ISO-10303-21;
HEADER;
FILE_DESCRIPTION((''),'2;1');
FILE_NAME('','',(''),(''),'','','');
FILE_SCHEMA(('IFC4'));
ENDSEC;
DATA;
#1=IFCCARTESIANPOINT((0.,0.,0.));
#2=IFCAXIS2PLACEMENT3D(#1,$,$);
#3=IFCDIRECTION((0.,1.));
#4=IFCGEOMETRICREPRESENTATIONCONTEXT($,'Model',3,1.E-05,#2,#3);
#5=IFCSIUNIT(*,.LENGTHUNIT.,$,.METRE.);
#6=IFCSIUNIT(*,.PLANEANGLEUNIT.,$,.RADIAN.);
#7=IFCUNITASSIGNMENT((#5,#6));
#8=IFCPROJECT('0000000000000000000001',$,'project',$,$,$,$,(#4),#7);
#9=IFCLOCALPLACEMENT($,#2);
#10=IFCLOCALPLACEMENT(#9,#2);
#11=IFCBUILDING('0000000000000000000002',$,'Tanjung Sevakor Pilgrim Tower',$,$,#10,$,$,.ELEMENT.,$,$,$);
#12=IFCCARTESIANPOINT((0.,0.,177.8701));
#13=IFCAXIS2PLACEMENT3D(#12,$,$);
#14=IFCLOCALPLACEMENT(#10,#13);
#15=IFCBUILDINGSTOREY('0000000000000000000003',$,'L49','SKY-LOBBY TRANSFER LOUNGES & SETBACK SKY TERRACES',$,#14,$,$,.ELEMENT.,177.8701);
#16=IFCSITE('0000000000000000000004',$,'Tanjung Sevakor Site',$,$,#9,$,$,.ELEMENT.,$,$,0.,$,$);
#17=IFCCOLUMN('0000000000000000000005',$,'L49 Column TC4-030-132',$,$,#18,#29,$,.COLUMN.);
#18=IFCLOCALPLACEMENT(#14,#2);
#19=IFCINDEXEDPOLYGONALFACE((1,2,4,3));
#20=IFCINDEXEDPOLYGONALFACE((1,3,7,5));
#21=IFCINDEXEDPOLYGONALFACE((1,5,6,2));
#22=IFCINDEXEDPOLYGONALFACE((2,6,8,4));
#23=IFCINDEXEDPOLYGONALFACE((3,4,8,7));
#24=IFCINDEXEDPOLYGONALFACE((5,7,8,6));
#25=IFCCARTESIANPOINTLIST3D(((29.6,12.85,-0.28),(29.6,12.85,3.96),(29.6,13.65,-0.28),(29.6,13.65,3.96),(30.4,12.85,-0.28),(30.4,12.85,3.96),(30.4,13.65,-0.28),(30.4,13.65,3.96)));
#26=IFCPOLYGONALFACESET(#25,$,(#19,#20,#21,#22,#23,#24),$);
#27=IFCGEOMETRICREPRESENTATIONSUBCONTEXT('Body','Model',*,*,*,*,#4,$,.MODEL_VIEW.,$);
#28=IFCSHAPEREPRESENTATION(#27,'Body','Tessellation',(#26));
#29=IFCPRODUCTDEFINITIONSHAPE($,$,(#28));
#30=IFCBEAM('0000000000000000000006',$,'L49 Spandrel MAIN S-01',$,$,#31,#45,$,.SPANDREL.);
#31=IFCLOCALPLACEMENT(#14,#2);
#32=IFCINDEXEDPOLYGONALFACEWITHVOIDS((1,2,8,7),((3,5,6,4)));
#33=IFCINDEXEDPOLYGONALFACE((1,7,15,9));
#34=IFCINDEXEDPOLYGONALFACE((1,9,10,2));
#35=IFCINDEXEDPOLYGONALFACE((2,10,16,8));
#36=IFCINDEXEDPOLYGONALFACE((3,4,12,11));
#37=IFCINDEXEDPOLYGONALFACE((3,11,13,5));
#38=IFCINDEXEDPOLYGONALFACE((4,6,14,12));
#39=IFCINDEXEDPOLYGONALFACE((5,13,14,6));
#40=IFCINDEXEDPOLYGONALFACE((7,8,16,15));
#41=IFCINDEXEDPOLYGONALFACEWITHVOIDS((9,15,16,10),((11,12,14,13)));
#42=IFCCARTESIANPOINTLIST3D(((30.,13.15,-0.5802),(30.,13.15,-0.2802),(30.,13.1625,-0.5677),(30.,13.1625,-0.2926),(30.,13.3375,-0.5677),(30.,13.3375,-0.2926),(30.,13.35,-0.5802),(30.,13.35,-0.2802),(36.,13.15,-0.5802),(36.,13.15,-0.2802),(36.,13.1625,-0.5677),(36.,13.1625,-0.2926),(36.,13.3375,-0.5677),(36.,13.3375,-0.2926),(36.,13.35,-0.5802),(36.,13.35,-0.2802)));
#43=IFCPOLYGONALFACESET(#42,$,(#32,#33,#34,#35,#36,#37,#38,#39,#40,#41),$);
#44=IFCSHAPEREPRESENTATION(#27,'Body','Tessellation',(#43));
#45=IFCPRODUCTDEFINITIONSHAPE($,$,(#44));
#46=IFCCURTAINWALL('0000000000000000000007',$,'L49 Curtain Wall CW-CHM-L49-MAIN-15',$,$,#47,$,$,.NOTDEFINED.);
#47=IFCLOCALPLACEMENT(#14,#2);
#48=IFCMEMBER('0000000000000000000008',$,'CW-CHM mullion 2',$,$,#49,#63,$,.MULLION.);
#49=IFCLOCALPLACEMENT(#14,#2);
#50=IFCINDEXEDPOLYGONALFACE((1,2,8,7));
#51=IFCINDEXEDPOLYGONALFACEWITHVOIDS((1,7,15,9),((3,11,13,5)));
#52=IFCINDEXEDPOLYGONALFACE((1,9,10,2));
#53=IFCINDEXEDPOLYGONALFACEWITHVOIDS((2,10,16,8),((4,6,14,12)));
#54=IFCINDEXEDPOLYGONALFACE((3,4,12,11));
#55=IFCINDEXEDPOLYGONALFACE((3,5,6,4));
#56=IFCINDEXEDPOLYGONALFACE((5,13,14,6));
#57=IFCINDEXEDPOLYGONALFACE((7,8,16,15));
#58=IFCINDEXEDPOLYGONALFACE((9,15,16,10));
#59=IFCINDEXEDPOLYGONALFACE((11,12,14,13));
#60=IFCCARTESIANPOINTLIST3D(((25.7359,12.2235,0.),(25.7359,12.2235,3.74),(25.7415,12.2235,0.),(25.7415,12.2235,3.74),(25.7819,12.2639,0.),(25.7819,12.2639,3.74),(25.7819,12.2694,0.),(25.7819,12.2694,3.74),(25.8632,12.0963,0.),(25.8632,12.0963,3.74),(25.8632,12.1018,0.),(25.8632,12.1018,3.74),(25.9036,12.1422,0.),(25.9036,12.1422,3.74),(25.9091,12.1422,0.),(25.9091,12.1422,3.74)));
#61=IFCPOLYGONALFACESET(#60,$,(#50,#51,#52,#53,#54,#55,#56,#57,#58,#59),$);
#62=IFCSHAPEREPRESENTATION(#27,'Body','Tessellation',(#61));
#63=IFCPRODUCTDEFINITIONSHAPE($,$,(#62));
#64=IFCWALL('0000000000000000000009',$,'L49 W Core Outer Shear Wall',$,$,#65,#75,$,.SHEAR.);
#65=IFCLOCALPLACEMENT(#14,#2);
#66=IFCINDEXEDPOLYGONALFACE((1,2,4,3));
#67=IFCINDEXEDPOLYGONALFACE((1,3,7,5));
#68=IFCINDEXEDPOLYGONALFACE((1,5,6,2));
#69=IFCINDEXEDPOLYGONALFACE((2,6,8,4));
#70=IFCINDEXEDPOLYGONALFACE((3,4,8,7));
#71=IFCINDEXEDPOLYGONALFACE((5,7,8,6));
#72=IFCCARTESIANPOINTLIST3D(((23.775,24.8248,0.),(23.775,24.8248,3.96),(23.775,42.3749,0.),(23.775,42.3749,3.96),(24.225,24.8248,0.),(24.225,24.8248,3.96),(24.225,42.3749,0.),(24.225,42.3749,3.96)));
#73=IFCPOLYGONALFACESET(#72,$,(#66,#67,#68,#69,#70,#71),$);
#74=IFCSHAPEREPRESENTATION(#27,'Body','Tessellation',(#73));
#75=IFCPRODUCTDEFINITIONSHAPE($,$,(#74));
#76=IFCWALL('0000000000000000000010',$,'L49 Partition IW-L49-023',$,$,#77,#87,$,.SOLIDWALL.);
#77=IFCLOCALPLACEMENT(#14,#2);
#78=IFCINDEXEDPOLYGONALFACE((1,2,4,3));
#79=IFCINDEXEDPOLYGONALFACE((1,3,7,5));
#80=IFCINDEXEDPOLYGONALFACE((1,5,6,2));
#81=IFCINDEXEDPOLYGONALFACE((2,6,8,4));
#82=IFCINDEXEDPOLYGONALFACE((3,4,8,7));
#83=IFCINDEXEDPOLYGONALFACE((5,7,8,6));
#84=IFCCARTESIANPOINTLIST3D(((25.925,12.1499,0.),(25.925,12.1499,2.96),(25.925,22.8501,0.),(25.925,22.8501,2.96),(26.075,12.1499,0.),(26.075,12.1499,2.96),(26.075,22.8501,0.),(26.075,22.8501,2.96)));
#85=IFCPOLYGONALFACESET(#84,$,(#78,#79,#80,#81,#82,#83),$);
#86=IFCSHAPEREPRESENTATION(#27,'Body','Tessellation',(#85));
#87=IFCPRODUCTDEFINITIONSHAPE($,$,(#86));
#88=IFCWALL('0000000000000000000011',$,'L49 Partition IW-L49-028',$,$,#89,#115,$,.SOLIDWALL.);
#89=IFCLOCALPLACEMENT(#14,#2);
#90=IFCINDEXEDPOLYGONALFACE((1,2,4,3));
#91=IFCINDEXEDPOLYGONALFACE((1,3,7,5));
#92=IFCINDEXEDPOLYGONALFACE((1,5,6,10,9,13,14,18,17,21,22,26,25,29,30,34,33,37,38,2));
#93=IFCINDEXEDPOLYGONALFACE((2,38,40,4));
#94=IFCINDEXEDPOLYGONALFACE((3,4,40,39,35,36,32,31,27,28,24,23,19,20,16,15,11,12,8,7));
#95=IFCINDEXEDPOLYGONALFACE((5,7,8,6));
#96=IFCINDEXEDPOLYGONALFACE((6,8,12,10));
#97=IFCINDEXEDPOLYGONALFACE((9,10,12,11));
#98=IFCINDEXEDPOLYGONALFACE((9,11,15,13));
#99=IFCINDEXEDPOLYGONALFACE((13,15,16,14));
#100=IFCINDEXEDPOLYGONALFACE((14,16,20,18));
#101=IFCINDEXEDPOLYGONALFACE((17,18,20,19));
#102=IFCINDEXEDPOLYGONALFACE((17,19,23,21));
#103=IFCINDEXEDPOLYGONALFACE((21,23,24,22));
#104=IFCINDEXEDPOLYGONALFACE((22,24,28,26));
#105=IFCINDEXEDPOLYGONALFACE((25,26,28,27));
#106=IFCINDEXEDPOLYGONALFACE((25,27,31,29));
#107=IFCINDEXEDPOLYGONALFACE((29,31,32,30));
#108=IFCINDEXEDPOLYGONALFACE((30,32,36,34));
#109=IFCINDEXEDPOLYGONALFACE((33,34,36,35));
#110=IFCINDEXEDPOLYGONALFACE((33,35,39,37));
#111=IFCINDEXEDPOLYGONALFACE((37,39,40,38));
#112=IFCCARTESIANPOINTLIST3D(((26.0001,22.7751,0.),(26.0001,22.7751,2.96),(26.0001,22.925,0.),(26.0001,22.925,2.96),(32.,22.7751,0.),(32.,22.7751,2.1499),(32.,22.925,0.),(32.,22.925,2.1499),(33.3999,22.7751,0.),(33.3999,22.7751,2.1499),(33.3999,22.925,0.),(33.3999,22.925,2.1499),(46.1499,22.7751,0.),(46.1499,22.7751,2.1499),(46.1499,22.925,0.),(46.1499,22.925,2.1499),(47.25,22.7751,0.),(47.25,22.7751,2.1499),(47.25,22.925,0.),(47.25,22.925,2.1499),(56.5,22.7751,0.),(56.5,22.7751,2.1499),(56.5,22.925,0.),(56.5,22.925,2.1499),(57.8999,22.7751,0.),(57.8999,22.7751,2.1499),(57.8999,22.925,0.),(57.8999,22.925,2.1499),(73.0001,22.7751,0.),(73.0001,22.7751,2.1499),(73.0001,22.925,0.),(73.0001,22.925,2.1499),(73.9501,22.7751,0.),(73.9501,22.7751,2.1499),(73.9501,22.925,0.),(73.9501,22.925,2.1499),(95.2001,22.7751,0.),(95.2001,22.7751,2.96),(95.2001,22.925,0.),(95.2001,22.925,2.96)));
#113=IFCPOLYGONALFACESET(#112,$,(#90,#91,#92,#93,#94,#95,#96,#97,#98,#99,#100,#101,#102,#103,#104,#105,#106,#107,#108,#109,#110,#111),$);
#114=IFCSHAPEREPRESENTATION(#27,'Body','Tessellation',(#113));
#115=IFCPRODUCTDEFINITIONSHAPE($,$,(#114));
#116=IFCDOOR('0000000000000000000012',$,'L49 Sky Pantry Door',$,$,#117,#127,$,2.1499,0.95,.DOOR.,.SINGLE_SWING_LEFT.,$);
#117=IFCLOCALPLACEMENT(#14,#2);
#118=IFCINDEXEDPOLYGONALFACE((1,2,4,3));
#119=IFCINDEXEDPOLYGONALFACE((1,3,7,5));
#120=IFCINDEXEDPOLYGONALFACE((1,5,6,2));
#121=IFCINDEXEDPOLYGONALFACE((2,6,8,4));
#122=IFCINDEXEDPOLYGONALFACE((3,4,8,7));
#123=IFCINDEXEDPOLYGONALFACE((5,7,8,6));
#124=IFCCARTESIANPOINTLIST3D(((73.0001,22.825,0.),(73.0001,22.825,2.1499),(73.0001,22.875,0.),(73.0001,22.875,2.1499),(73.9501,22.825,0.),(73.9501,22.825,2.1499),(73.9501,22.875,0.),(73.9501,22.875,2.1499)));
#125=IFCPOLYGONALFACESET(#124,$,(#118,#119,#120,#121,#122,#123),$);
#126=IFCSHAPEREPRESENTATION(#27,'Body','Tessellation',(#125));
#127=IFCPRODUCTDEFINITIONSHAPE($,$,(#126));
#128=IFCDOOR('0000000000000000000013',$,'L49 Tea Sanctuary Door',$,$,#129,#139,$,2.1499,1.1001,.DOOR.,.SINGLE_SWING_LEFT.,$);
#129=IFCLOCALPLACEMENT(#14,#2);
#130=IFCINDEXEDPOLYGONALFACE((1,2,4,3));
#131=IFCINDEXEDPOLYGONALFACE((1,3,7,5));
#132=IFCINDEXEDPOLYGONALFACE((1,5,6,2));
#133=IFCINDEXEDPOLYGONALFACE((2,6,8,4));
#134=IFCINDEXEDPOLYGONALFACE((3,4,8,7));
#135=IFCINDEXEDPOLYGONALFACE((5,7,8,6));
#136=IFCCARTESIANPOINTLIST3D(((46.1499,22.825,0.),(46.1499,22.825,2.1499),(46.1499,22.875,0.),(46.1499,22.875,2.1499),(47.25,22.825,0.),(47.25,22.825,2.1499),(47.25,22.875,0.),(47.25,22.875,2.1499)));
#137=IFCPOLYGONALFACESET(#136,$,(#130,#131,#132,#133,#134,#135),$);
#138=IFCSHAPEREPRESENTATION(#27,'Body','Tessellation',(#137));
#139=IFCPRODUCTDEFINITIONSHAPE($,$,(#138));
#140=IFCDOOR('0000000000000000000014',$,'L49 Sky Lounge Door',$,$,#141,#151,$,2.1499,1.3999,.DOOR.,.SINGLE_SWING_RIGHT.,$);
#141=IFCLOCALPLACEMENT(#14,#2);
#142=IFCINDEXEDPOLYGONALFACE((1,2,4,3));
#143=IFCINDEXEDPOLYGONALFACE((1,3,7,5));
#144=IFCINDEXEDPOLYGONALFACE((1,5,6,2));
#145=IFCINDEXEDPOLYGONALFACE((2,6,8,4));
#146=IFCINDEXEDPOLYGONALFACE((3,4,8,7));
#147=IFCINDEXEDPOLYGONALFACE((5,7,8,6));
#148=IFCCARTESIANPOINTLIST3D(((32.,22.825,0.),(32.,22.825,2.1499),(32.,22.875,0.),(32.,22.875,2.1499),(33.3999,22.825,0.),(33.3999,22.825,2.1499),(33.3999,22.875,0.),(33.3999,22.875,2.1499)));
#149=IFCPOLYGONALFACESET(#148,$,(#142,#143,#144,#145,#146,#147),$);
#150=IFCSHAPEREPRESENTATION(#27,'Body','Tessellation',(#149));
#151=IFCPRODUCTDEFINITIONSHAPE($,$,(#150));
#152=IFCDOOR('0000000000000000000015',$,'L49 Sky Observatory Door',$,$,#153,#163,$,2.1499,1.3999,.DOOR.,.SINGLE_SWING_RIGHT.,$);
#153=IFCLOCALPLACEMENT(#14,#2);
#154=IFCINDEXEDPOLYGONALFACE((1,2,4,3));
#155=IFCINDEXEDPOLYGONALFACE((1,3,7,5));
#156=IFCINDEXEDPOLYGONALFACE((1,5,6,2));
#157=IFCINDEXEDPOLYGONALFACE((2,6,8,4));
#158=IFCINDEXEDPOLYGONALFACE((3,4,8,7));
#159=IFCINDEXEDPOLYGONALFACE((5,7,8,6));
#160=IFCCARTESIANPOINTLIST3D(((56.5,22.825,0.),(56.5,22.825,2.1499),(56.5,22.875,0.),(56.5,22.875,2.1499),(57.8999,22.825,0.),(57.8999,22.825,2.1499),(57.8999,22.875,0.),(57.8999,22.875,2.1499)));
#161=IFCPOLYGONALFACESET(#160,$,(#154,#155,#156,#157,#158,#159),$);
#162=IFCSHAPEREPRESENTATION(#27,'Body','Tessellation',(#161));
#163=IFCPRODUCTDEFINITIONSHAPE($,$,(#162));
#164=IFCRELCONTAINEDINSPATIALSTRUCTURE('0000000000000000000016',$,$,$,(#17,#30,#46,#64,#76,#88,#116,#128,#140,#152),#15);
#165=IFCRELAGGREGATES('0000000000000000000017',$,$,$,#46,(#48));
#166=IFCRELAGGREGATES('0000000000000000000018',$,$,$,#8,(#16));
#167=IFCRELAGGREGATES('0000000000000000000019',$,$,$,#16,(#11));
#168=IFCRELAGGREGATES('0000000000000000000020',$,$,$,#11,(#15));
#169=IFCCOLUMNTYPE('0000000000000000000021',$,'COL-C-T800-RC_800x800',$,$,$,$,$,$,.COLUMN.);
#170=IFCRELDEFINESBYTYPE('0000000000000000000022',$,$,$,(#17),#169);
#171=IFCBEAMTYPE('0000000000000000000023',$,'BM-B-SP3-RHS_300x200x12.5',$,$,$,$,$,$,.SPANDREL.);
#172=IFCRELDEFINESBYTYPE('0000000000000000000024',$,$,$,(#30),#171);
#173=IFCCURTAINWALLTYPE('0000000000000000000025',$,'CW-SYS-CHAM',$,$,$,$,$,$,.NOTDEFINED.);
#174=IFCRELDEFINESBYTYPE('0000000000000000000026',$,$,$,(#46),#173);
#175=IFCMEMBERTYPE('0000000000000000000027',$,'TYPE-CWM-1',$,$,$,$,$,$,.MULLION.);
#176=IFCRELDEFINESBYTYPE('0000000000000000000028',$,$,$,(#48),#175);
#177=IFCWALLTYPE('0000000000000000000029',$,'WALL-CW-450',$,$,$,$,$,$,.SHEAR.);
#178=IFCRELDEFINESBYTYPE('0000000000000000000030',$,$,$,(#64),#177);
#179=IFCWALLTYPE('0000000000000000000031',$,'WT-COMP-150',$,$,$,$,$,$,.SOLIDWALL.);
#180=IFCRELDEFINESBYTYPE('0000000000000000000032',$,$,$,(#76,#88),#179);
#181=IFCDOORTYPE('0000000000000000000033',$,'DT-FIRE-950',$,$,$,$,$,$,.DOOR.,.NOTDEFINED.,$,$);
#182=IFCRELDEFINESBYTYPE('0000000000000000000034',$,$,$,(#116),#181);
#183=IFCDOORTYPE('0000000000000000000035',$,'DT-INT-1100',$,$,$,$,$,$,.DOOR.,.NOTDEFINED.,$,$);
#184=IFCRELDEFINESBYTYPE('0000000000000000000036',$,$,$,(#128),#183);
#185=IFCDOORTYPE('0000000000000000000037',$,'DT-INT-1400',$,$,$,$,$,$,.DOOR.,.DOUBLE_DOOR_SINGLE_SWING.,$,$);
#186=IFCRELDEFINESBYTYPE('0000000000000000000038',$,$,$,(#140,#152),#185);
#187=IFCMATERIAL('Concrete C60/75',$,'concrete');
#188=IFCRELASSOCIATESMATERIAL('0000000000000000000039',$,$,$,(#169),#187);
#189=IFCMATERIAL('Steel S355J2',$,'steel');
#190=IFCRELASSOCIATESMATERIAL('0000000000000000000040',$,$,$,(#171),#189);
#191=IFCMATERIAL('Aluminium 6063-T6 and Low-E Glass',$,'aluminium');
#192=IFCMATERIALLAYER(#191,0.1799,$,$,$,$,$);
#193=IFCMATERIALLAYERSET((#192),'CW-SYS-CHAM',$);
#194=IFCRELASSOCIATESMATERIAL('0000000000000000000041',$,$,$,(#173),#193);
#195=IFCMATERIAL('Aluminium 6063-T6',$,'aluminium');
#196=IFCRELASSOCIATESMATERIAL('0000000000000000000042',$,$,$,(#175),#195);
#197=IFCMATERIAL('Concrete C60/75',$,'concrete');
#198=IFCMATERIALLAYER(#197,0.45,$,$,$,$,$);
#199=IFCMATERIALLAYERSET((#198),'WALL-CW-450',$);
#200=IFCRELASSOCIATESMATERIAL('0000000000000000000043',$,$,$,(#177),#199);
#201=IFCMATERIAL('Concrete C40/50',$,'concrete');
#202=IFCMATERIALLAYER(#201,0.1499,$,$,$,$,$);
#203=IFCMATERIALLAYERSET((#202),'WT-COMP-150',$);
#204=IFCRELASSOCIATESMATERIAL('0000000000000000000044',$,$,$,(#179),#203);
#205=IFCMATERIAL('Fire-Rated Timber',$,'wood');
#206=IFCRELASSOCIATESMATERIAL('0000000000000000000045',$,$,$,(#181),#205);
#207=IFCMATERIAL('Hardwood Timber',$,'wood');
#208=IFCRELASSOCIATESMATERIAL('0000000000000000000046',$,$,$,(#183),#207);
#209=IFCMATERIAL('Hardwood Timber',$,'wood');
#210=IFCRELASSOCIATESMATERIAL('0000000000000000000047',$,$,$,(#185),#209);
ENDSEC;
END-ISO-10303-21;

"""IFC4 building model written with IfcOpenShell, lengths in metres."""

from ifc_helpers import new_model, si_unit, direction, frame, frame_2d, origin, origin_2d, place, context, subcontext, project, spatial, rectangle, hollow_rectangle, extrude, material, layer, layer_set, material_profile, profile_set, type_object, element, fill, aggregate, save


model = new_model("IFC4")

# Units and contexts
model_context = context("Model", 3, precision=1e-05, world=origin(), true_north=direction((0.0, 1.0)))
body_context = subcontext(model_context, "Body", "Model", "MODEL_VIEW")
ifc_project = project(units=[si_unit("LENGTHUNIT", "METRE"), si_unit("PLANEANGLEUNIT", "RADIAN")], contexts=[model_context])

# Site, building, storey
site_placement = place(None, origin())
site = spatial("IfcSite", under=ifc_project, at=site_placement, Name="Tanjung Sevakor Site", CompositionType="ELEMENT", RefElevation=0.0)
building_placement = place(site_placement, origin())
building = spatial("IfcBuilding", under=site, at=building_placement, Name="Tanjung Sevakor Pilgrim Tower", CompositionType="ELEMENT")
storey_placement = place(building_placement, frame((0.0, 0.0, 177.8701)))
storey = spatial("IfcBuildingStorey", under=building, at=storey_placement, Name="L49", Description="SKY-LOBBY TRANSFER LOUNGES & SETBACK SKY TERRACES", CompositionType="ELEMENT", Elevation=177.8701)

# Column
ifc_material_1 = material(Name="Concrete C60/75", Category="concrete")
ifc_material_profile_1 = material_profile(ifc_material_1, rectangle(XDim=0.8, YDim=0.8, at=origin_2d()))
ifc_profile_set_1 = profile_set([ifc_material_profile_1], Name="Concrete C60/75")
column_type = type_object("IfcColumnType", Name="COL-C-T800-RC_800x800", PredefinedType="COLUMN", material=ifc_profile_set_1)
column_placement = place(storey_placement, frame((30.0, 13.25, -0.28), z_axis=(0.0, 0.0, 1.0), x_axis=(1.0, 0.0, 0.0)))
element("IfcColumn", 1, at=column_placement, inside=storey, type_object=column_type, Name="L49 Column TC4-030-132", PredefinedType="COLUMN", context=body_context, shape_type="SweptSolid", body=[
    extrude(rectangle(XDim=0.8, YDim=0.8, at=origin_2d()), origin(), (0.0, 0.0, 1.0), 4.24),
])

# Beam
ifc_material_2 = material(Name="Steel S355J2", Category="steel")
ifc_material_profile_2 = material_profile(ifc_material_2, hollow_rectangle(XDim=0.2, YDim=0.3, WallThickness=0.0125, at=origin_2d()))
ifc_profile_set_2 = profile_set([ifc_material_profile_2], Name="Steel S355J2")
beam_type = type_object("IfcBeamType", Name="BM-B-SP3-RHS_300x200x12.5", PredefinedType="SPANDREL", material=ifc_profile_set_2)
beam_placement = place(storey_placement, frame((30.0, 13.25, -0.4302), z_axis=(1.0, 0.0, 0.0), x_axis=(0.0, 1.0, 0.0)))
element("IfcBeam", 2, at=beam_placement, inside=storey, type_object=beam_type, Name="L49 Spandrel MAIN S-01", PredefinedType="SPANDREL", context=body_context, shape_type="SweptSolid", body=[
    extrude(hollow_rectangle(XDim=0.2, YDim=0.3, WallThickness=0.0125, at=origin_2d()), origin(), (0.0, 0.0, 1.0), 6.0),
])

# Curtain wall, member
ifc_material_3 = material(Name="Aluminium 6063-T6 and Low-E Glass", Category="aluminium")
ifc_layer_1 = layer(ifc_material_3, 0.1799)
ifc_layer_set_1 = layer_set([ifc_layer_1], Name="CW-SYS-CHAM")
curtain_wall_type = type_object("IfcCurtainWallType", Name="CW-SYS-CHAM", PredefinedType="NOTDEFINED", material=ifc_layer_set_1)
curtain_wall_placement = place(storey_placement, origin())
curtain_wall = element("IfcCurtainWall", 3, at=curtain_wall_placement, inside=storey, type_object=curtain_wall_type, Name="L49 Curtain Wall CW-CHM-L49-MAIN-15", PredefinedType="NOTDEFINED")
ifc_material_4 = material(Name="Aluminium 6063-T6", Category="aluminium")
ifc_material_profile_3 = material_profile(ifc_material_4, hollow_rectangle(XDim=0.0649, YDim=0.1799, WallThickness=0.0039, at=origin_2d()))
ifc_profile_set_3 = profile_set([ifc_material_profile_3], Name="Aluminium 6063-T6")
member_type = type_object("IfcMemberType", Name="TYPE-CWM-1", PredefinedType="MULLION", material=ifc_profile_set_3)
member_placement = place(storey_placement, frame((25.8225, 12.1829, 0.0), z_axis=(0.0, 0.0, 1.0), x_axis=(0.707107, 0.707107, 0.0)))
member = element("IfcMember", 4, at=member_placement, type_object=member_type, Name="CW-CHM mullion 2", PredefinedType="MULLION", context=body_context, shape_type="SweptSolid", body=[
    extrude(hollow_rectangle(XDim=0.0649, YDim=0.1799, WallThickness=0.0039, at=origin_2d()), origin(), (0.0, 0.0, 1.0), 3.74),
])
aggregate(curtain_wall, [member])

# Walls
ifc_material_5 = material(Name="Concrete C60/75", Category="concrete")
ifc_layer_2 = layer(ifc_material_5, 0.45)
ifc_layer_set_2 = layer_set([ifc_layer_2], Name="WALL-CW-450")
wall_type_1 = type_object("IfcWallType", Name="WALL-CW-450", PredefinedType="SHEAR", material=ifc_layer_set_2)
wall_1_placement = place(storey_placement, frame((24.0, 24.825, 0.0), z_axis=(0.0, 0.0, 1.0), x_axis=(0.0, 1.0, 0.0)))
element("IfcWall", 5, at=wall_1_placement, inside=storey, type_object=wall_type_1, Name="L49 W Core Outer Shear Wall", PredefinedType="SHEAR", context=body_context, shape_type="SweptSolid", body=[
    extrude(rectangle(XDim=17.55, YDim=0.45, at=frame_2d((8.7749, 0.0))), origin(), (0.0, 0.0, 1.0), 3.96),
])
ifc_material_6 = material(Name="Concrete C40/50", Category="concrete")
ifc_layer_3 = layer(ifc_material_6, 0.1499)
ifc_layer_set_3 = layer_set([ifc_layer_3], Name="WT-COMP-150")
wall_type_2 = type_object("IfcWallType", Name="WT-COMP-150", PredefinedType="SOLIDWALL", material=ifc_layer_set_3)
wall_2_placement = place(storey_placement, frame((26.0, 12.1499, 0.0), z_axis=(0.0, 0.0, 1.0), x_axis=(0.0, 1.0, 0.0)))
element("IfcWall", 6, at=wall_2_placement, inside=storey, type_object=wall_type_2, Name="L49 Partition IW-L49-023", PredefinedType="SOLIDWALL", context=body_context, shape_type="SweptSolid", body=[
    extrude(rectangle(XDim=10.7002, YDim=0.1499, at=frame_2d((5.3501, 0.0))), origin(), (0.0, 0.0, 1.0), 2.96),
])

# Wall, openings, doors
wall_3_placement = place(storey_placement, frame((26.0, 22.8501, 0.0), z_axis=(0.0, 0.0, 1.0), x_axis=(1.0, 0.0, 0.0)))
wall_3 = element("IfcWall", 7, at=wall_3_placement, inside=storey, type_object=wall_type_2, Name="L49 Partition IW-L49-028", PredefinedType="SOLIDWALL", context=body_context, shape_type="SweptSolid", body=[
    extrude(rectangle(XDim=69.2, YDim=0.1499, at=frame_2d((34.6001, 0.0))), origin(), (0.0, 0.0, 1.0), 2.96),
])
opening_1_placement = place(wall_3_placement, frame((6.0, 0.0, 0.0)))
opening_1 = element("IfcOpeningElement", 8, at=opening_1_placement, cuts=wall_3, PredefinedType="OPENING", context=body_context, shape_type="SweptSolid", body=[
    extrude(rectangle(XDim=1.3999, YDim=2.1499, at=frame_2d((0.7, 1.075))), frame((0.0, 0.085, 0.0), z_axis=(0.0, -1.0, 0.0), x_axis=(1.0, 0.0, 0.0)), (0.0, 0.0, 1.0), 0.1699),
])
opening_2_placement = place(wall_3_placement, frame((20.1499, 0.0, 0.0)))
opening_2 = element("IfcOpeningElement", 9, at=opening_2_placement, cuts=wall_3, PredefinedType="OPENING", context=body_context, shape_type="SweptSolid", body=[
    extrude(rectangle(XDim=1.1001, YDim=2.1499, at=frame_2d((0.55, 1.075))), frame((0.0, 0.085, 0.0), z_axis=(0.0, -1.0, 0.0), x_axis=(1.0, 0.0, 0.0)), (0.0, 0.0, 1.0), 0.1699),
])
opening_3_placement = place(wall_3_placement, frame((30.5, 0.0, 0.0)))
opening_3 = element("IfcOpeningElement", 10, at=opening_3_placement, cuts=wall_3, PredefinedType="OPENING", context=body_context, shape_type="SweptSolid", body=[
    extrude(rectangle(XDim=1.3999, YDim=2.1499, at=frame_2d((0.7, 1.075))), frame((0.0, 0.085, 0.0), z_axis=(0.0, -1.0, 0.0), x_axis=(1.0, 0.0, 0.0)), (0.0, 0.0, 1.0), 0.1699),
])
opening_4_placement = place(wall_3_placement, frame((47.0, 0.0, 0.0)))
opening_4 = element("IfcOpeningElement", 11, at=opening_4_placement, cuts=wall_3, PredefinedType="OPENING", context=body_context, shape_type="SweptSolid", body=[
    extrude(rectangle(XDim=0.95, YDim=2.1499, at=frame_2d((0.4751, 1.075))), frame((0.0, 0.085, 0.0), z_axis=(0.0, -1.0, 0.0), x_axis=(1.0, 0.0, 0.0)), (0.0, 0.0, 1.0), 0.1699),
])
ifc_material_7 = material(Name="Fire-Rated Timber", Category="wood")
door_type_1 = type_object("IfcDoorType", Name="DT-FIRE-950", OperationType="NOTDEFINED", PredefinedType="DOOR", material=ifc_material_7)
door_1_placement = place(opening_4_placement, origin())
door_1 = element("IfcDoor", 12, at=door_1_placement, inside=storey, type_object=door_type_1, Name="L49 Sky Pantry Door", OperationType="SINGLE_SWING_LEFT", OverallHeight=2.1499, OverallWidth=0.95, PredefinedType="DOOR", context=body_context, shape_type="SweptSolid", body=[
    extrude(rectangle(XDim=0.95, YDim=2.1499, at=frame_2d((0.4751, 1.075))), frame((0.0, 0.0249, 0.0), z_axis=(0.0, -1.0, 0.0), x_axis=(1.0, 0.0, 0.0)), (0.0, 0.0, 1.0), 0.05),
])
fill(opening_4, door_1)
ifc_material_8 = material(Name="Hardwood Timber", Category="wood")
door_type_2 = type_object("IfcDoorType", Name="DT-INT-1100", OperationType="NOTDEFINED", PredefinedType="DOOR", material=ifc_material_8)
door_2_placement = place(opening_2_placement, origin())
door_2 = element("IfcDoor", 13, at=door_2_placement, inside=storey, type_object=door_type_2, Name="L49 Tea Sanctuary Door", OperationType="SINGLE_SWING_LEFT", OverallHeight=2.1499, OverallWidth=1.1001, PredefinedType="DOOR", context=body_context, shape_type="SweptSolid", body=[
    extrude(rectangle(XDim=1.1001, YDim=2.1499, at=frame_2d((0.55, 1.075))), frame((0.0, 0.0249, 0.0), z_axis=(0.0, -1.0, 0.0), x_axis=(1.0, 0.0, 0.0)), (0.0, 0.0, 1.0), 0.05),
])
fill(opening_2, door_2)
ifc_material_9 = material(Name="Hardwood Timber", Category="wood")
door_type_3 = type_object("IfcDoorType", Name="DT-INT-1400", OperationType="DOUBLE_DOOR_SINGLE_SWING", PredefinedType="DOOR", material=ifc_material_9)
door_3_placement = place(opening_1_placement, origin())
door_3 = element("IfcDoor", 14, at=door_3_placement, inside=storey, type_object=door_type_3, Name="L49 Sky Lounge Door", OperationType="SINGLE_SWING_RIGHT", OverallHeight=2.1499, OverallWidth=1.3999, PredefinedType="DOOR", context=body_context, shape_type="SweptSolid", body=[
    extrude(rectangle(XDim=1.3999, YDim=2.1499, at=frame_2d((0.7, 1.075))), frame((0.0, 0.0249, 0.0), z_axis=(0.0, -1.0, 0.0), x_axis=(1.0, 0.0, 0.0)), (0.0, 0.0, 1.0), 0.05),
])
fill(opening_1, door_3)
door_4_placement = place(opening_3_placement, origin())
door_4 = element("IfcDoor", 15, at=door_4_placement, inside=storey, type_object=door_type_3, Name="L49 Sky Observatory Door", OperationType="SINGLE_SWING_RIGHT", OverallHeight=2.1499, OverallWidth=1.3999, PredefinedType="DOOR", context=body_context, shape_type="SweptSolid", body=[
    extrude(rectangle(XDim=1.3999, YDim=2.1499, at=frame_2d((0.7, 1.075))), frame((0.0, 0.0249, 0.0), z_axis=(0.0, -1.0, 0.0), x_axis=(1.0, 0.0, 0.0)), (0.0, 0.0, 1.0), 0.05),
])
fill(opening_3, door_4)

save(model, "model.ifc")
